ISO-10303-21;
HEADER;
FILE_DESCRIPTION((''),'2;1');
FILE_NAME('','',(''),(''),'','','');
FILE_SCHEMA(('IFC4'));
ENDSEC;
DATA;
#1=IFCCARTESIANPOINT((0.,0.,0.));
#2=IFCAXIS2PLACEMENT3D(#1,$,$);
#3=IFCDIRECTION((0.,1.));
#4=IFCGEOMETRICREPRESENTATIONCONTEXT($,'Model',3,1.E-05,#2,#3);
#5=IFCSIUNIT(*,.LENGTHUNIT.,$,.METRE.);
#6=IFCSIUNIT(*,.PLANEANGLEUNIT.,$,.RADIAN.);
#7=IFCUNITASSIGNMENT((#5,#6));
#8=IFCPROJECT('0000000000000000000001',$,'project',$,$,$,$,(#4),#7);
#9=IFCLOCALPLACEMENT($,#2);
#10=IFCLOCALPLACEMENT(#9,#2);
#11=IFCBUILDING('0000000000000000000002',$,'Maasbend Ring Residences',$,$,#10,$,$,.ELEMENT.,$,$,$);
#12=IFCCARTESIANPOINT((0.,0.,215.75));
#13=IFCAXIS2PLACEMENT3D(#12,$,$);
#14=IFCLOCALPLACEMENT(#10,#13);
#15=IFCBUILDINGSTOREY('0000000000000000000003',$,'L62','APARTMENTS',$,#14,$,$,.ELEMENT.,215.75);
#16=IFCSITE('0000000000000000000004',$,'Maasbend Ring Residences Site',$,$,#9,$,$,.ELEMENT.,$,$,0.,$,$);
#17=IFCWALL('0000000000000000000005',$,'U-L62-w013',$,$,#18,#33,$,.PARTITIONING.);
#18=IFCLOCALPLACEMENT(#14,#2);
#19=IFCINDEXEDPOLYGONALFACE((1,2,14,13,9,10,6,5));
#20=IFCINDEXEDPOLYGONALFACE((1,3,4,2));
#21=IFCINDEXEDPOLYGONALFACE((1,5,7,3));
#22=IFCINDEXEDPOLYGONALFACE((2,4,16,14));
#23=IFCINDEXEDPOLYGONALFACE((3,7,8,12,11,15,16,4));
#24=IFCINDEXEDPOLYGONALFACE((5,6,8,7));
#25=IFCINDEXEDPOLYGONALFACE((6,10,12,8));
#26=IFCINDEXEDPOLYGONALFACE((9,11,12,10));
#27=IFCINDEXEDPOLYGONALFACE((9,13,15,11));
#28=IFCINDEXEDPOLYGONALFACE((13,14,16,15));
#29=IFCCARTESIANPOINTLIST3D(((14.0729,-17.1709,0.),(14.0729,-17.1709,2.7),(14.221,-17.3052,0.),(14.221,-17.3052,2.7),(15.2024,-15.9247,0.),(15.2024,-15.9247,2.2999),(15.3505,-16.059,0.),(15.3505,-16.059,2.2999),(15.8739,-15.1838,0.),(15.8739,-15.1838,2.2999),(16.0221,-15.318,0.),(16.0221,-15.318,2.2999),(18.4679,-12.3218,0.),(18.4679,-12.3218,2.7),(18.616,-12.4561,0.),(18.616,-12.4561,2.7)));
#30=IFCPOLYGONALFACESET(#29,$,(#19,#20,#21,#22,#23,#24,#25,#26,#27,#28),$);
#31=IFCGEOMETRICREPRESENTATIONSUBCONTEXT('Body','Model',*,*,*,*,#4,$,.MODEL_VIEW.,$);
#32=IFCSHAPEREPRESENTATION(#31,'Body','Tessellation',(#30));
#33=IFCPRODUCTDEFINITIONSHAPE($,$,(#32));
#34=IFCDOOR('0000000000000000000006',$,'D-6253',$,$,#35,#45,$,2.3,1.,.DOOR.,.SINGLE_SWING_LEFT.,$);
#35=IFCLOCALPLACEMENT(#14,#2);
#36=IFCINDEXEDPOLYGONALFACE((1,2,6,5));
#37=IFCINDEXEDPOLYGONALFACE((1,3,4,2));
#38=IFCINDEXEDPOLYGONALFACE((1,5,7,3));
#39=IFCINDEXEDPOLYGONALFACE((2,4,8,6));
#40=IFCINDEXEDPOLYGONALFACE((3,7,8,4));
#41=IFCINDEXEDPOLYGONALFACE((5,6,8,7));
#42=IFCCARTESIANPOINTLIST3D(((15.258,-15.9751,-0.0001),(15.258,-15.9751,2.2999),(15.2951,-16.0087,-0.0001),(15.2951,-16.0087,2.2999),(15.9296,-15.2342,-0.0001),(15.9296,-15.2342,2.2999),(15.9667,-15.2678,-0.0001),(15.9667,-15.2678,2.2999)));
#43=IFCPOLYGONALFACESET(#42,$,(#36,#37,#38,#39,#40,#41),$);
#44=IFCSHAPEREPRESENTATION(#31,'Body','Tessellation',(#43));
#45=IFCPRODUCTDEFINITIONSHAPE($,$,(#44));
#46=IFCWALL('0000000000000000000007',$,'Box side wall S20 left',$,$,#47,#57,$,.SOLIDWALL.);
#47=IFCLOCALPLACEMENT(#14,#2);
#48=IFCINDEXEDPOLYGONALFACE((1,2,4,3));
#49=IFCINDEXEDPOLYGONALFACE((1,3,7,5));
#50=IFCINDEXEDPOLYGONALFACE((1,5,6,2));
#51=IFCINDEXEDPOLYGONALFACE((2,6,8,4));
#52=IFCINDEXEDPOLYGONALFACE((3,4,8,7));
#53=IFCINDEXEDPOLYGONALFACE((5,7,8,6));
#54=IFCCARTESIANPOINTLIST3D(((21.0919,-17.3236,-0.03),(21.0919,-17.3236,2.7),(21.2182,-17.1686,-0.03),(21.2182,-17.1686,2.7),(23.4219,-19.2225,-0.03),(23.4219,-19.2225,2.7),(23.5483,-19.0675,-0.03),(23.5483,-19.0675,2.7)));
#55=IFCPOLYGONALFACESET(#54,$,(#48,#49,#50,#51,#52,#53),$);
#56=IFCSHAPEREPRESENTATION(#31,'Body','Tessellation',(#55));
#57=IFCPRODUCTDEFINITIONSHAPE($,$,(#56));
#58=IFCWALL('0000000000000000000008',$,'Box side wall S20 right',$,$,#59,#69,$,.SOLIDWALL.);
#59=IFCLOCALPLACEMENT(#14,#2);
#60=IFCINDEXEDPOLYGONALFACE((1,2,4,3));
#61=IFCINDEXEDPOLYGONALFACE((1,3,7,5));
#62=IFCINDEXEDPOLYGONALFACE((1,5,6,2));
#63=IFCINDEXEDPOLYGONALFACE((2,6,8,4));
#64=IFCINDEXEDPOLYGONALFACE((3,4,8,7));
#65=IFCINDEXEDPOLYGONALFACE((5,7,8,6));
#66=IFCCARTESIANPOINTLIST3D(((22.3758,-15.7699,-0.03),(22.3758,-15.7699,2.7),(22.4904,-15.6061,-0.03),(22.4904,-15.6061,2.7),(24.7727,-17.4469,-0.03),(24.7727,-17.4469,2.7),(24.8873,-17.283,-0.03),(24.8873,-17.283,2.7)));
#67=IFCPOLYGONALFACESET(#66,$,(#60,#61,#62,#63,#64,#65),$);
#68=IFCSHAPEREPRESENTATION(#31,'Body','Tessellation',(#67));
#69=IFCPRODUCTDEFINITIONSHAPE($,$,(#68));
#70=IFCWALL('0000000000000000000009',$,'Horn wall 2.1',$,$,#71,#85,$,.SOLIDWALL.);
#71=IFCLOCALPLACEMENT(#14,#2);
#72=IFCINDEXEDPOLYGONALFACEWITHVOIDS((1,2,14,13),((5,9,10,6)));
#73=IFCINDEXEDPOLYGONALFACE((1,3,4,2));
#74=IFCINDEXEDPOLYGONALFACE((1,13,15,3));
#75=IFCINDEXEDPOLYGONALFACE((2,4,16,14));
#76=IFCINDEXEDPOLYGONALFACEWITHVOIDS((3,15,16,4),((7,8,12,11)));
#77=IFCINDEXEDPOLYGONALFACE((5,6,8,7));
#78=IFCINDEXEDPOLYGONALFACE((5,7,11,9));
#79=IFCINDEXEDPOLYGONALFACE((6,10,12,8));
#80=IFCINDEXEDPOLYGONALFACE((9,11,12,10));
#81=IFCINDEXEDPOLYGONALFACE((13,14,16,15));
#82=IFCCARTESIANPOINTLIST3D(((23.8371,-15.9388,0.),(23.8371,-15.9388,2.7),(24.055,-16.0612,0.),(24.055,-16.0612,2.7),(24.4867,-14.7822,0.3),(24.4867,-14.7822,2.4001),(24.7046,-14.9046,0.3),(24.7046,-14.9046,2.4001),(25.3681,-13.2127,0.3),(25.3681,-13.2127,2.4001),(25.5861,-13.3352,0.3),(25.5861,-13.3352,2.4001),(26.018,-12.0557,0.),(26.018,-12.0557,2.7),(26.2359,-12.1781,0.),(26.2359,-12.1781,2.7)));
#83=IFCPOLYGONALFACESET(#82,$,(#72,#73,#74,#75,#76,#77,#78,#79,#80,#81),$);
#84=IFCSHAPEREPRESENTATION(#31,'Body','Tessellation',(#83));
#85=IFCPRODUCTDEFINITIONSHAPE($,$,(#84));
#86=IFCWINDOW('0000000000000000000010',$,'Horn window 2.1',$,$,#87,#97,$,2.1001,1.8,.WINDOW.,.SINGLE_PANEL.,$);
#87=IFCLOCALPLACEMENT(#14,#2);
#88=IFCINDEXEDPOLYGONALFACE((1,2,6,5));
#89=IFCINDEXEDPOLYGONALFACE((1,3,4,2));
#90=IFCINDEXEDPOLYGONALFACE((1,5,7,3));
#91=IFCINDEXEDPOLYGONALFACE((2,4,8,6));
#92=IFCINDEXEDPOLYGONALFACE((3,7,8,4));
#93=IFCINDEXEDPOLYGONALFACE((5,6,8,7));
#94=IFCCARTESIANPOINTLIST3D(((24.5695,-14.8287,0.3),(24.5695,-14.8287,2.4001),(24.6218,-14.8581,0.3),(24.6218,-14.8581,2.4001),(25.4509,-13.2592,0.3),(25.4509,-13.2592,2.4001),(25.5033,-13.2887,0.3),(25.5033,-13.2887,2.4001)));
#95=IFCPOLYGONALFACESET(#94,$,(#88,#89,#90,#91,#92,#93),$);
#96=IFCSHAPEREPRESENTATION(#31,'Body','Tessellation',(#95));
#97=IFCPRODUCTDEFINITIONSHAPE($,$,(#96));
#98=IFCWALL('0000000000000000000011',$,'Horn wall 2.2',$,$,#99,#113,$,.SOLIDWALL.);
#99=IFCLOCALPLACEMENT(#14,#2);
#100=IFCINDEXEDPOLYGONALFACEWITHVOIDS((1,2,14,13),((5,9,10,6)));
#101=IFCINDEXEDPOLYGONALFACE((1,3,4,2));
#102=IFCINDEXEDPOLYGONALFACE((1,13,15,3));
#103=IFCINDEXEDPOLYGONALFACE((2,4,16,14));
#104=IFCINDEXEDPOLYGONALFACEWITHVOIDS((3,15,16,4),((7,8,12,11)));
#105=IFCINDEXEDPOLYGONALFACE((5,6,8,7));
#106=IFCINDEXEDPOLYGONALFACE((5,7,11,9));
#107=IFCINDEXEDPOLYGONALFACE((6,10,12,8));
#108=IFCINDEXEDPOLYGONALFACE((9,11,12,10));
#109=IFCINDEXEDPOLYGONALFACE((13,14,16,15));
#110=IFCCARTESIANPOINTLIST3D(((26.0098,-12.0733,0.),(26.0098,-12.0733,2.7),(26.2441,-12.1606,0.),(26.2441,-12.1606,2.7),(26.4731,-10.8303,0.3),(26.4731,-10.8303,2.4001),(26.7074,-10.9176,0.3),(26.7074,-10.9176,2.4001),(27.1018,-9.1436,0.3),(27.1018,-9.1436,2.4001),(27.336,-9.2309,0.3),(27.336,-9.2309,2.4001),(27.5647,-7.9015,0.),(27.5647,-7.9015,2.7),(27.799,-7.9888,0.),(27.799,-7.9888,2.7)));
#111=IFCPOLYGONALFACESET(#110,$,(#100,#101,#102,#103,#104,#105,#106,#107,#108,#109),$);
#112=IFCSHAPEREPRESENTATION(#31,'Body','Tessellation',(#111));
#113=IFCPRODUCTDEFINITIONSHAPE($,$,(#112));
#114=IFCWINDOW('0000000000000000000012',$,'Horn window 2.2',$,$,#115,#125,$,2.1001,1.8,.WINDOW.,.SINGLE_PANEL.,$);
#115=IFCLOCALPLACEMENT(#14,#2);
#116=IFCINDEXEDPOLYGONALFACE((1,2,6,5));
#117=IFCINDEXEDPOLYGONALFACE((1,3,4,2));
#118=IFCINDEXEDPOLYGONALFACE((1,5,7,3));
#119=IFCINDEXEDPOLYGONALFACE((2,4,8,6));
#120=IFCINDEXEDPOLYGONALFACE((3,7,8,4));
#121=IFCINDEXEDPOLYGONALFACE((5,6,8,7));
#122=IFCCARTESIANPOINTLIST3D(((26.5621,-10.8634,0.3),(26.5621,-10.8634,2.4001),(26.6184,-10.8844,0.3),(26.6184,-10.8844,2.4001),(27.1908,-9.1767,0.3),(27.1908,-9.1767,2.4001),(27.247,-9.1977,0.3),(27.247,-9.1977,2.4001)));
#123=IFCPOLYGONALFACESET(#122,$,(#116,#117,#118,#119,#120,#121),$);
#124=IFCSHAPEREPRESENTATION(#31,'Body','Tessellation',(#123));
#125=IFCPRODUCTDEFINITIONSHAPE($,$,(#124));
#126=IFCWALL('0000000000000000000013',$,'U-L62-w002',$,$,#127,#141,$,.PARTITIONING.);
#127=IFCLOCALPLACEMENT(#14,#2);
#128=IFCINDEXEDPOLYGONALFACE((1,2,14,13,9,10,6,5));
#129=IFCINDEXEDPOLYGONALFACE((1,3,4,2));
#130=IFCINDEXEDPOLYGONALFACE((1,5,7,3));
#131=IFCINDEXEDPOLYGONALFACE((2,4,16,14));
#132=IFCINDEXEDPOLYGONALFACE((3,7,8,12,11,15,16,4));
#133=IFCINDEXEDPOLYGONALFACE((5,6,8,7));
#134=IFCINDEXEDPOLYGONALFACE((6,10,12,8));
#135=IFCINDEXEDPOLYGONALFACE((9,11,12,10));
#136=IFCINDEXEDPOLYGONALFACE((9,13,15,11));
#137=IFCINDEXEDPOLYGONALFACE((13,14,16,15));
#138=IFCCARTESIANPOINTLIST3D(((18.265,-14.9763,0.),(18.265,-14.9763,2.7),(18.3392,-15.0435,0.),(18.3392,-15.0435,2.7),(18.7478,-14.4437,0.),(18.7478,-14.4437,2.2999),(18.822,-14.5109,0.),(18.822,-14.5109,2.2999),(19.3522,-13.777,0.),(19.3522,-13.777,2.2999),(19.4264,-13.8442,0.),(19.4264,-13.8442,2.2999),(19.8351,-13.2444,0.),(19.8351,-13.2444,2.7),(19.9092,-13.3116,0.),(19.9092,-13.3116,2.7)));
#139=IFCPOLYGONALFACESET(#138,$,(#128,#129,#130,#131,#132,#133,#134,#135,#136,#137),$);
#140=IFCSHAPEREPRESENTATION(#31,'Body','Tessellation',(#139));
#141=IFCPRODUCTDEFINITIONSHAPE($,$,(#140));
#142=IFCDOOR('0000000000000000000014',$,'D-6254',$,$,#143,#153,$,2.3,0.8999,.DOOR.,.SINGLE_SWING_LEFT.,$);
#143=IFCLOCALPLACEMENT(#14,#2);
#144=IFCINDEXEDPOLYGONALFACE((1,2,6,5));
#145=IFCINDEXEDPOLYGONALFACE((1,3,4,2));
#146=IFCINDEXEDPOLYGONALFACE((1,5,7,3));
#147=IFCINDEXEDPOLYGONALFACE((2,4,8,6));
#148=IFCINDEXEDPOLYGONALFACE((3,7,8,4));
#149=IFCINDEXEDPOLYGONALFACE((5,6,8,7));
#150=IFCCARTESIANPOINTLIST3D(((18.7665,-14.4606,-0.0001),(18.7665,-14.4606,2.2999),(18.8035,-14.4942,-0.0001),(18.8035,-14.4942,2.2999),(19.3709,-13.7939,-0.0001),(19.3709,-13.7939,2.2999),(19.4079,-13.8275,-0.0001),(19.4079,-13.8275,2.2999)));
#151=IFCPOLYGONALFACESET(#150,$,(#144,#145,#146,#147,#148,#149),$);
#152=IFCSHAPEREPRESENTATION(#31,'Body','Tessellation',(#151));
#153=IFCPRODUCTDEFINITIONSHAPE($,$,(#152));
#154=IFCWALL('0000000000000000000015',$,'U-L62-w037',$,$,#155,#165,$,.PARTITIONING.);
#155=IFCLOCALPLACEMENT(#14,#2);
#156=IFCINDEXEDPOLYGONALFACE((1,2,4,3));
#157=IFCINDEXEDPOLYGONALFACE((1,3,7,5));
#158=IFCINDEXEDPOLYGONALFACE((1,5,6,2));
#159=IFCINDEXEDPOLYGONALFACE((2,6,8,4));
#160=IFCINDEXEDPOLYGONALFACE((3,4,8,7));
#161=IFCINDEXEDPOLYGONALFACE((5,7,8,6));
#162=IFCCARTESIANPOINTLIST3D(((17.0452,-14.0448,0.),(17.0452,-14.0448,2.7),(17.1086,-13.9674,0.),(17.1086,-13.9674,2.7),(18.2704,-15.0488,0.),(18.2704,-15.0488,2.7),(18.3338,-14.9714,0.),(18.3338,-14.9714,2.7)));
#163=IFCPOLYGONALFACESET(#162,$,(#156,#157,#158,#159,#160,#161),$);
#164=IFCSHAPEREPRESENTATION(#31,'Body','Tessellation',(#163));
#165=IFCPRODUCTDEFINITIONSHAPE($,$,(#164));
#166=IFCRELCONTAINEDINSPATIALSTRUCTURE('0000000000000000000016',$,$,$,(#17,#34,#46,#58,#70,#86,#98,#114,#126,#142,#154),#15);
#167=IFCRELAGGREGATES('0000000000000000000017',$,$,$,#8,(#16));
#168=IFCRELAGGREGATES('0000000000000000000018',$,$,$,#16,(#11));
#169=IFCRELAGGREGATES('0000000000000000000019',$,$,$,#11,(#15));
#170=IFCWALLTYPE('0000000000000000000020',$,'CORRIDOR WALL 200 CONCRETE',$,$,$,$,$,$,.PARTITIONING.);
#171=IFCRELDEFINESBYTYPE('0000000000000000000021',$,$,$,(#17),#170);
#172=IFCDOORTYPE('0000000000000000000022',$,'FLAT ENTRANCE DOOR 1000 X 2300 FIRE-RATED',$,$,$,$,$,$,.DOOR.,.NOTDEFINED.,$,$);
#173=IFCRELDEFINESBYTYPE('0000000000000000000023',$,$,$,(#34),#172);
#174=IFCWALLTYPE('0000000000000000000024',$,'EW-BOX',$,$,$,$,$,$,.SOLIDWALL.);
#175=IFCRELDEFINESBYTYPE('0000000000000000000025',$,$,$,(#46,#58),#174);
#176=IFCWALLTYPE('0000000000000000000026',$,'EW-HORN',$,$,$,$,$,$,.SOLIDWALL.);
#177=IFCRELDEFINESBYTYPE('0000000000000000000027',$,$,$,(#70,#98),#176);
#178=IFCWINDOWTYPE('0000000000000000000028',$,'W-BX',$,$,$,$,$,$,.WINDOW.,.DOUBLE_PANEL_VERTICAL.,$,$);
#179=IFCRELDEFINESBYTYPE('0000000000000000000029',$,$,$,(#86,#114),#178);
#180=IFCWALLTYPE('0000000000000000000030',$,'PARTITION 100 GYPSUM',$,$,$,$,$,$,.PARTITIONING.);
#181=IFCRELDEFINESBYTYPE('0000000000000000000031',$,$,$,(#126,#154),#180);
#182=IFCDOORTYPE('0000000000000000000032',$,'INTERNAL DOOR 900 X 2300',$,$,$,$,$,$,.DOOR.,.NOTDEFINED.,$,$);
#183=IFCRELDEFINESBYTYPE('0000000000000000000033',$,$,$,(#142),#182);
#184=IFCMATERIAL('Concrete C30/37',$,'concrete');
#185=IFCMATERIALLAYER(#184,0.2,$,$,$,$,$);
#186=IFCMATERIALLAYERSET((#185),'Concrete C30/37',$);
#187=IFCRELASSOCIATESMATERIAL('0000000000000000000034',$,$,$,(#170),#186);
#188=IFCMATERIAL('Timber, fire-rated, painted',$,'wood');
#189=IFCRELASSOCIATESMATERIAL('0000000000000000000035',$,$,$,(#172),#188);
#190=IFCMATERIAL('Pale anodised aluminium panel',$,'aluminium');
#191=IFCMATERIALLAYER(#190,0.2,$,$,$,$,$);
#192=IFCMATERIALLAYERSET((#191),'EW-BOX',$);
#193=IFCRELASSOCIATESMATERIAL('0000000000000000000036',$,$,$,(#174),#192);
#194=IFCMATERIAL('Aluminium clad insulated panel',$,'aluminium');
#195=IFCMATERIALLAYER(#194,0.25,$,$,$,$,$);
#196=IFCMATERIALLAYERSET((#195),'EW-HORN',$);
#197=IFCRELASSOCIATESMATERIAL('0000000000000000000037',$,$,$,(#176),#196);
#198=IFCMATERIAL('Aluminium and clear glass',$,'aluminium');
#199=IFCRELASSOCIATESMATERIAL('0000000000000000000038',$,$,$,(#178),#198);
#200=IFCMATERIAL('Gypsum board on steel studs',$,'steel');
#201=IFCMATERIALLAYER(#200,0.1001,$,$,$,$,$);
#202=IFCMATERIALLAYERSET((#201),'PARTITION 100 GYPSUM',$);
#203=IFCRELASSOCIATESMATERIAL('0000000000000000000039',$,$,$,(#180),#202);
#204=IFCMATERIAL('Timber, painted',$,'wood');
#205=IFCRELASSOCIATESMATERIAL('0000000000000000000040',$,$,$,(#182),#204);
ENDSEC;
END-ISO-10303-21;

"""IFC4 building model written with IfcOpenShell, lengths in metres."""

from ifc_helpers import new_model, si_unit, direction, frame, frame_2d, origin, place, context, subcontext, project, spatial, rectangle, extrude, material, layer, layer_set, type_object, element, fill, save


model = new_model("IFC4")

# Units and contexts
model_context = context("Model", 3, precision=1e-05, world=origin(), true_north=direction((0.0, 1.0)))
body_context = subcontext(model_context, "Body", "Model", "MODEL_VIEW")
ifc_project = project(units=[si_unit("LENGTHUNIT", "METRE"), si_unit("PLANEANGLEUNIT", "RADIAN")], contexts=[model_context])

# Site, building, storey
site_placement = place(None, origin())
site = spatial("IfcSite", under=ifc_project, at=site_placement, Name="Maasbend Ring Residences Site", CompositionType="ELEMENT", RefElevation=0.0)
building_placement = place(site_placement, origin())
building = spatial("IfcBuilding", under=site, at=building_placement, Name="Maasbend Ring Residences", CompositionType="ELEMENT")
storey_placement = place(building_placement, frame((0.0, 0.0, 215.75)))
storey = spatial("IfcBuildingStorey", under=building, at=storey_placement, Name="L62", Description="APARTMENTS", CompositionType="ELEMENT", Elevation=215.75)

# Shared definitions
ifc_material_1 = material(Name="Concrete C30/37", Category="concrete")
ifc_layer_1 = layer(ifc_material_1, 0.2)
ifc_layer_set_1 = layer_set([ifc_layer_1], Name="Concrete C30/37")
wall_type_1 = type_object("IfcWallType", Name="CORRIDOR WALL 200 CONCRETE", PredefinedType="PARTITIONING", material=ifc_layer_set_1)

# Wall, opening, door
wall_1_placement = place(storey_placement, frame((14.147, -17.238, 0.0), z_axis=(0.0, 0.0, 1.0), x_axis=(0.671562, 0.740949, 0.0)))
wall_1 = element("IfcWall", 1, at=wall_1_placement, inside=storey, type_object=wall_type_1, Name="U-L62-w013", PredefinedType="PARTITIONING", context=body_context, shape_type="SweptSolid", body=[
    extrude(rectangle(XDim=6.5444, YDim=0.2, at=frame_2d((3.2722, 0.0))), origin(), (0.0, 0.0, 1.0), 2.7),
])
opening_1_placement = place(wall_1_placement, frame((1.6819, 0.0, 0.0)))
opening_1 = element("IfcOpeningElement", 2, at=opening_1_placement, cuts=wall_1, PredefinedType="OPENING", context=body_context, shape_type="SweptSolid", body=[
    extrude(rectangle(XDim=1.0, YDim=2.3, at=frame_2d((0.5, 1.1499))), frame((0.0, 0.1099, 0.0), z_axis=(0.0, -1.0, 0.0), x_axis=(1.0, 0.0, 0.0)), (0.0, 0.0, 1.0), 0.22),
])
ifc_material_2 = material(Name="Timber, fire-rated, painted", Category="wood")
door_type_1 = type_object("IfcDoorType", Name="FLAT ENTRANCE DOOR 1000 X 2300 FIRE-RATED", OperationType="NOTDEFINED", PredefinedType="DOOR", material=ifc_material_2)
door_1_placement = place(opening_1_placement, origin())
door_1 = element("IfcDoor", 3, at=door_1_placement, inside=storey, type_object=door_type_1, Name="D-6253", OperationType="SINGLE_SWING_LEFT", OverallHeight=2.3, OverallWidth=1.0, PredefinedType="DOOR", context=body_context, shape_type="SweptSolid", body=[
    extrude(rectangle(XDim=1.0, YDim=2.3, at=frame_2d((0.5, 1.1499))), frame((0.0, 0.0249, 0.0), z_axis=(0.0, -1.0, 0.0), x_axis=(1.0, 0.0, 0.0)), (0.0, 0.0, 1.0), 0.05),
])
fill(opening_1, door_1)

# Walls
ifc_material_3 = material(Name="Pale anodised aluminium panel", Category="aluminium")
ifc_layer_2 = layer(ifc_material_3, 0.2)
ifc_layer_set_2 = layer_set([ifc_layer_2], Name="EW-BOX")
wall_type_2 = type_object("IfcWallType", Name="EW-BOX", PredefinedType="SOLIDWALL", material=ifc_layer_set_2)
wall_2_placement = place(storey_placement, frame((21.155, -17.2461, -0.03), z_axis=(0.0, 0.0, 1.0), x_axis=(0.775179, -0.631742, 0.0)))
element("IfcWall", 4, at=wall_2_placement, inside=storey, type_object=wall_type_2, Name="Box side wall S20 left", PredefinedType="SOLIDWALL", context=body_context, shape_type="SweptSolid", body=[
    extrude(rectangle(XDim=3.0059, YDim=0.2, at=frame_2d((1.5029, 0.0))), origin(), (0.0, 0.0, 1.0), 2.73),
])
wall_3_placement = place(storey_placement, frame((22.4331, -15.688, -0.03), z_axis=(0.0, 0.0, 1.0), x_axis=(0.819373, -0.573261, 0.0)))
element("IfcWall", 5, at=wall_3_placement, inside=storey, type_object=wall_type_2, Name="Box side wall S20 right", PredefinedType="SOLIDWALL", context=body_context, shape_type="SweptSolid", body=[
    extrude(rectangle(XDim=2.9253, YDim=0.2, at=frame_2d((1.4626, 0.0))), origin(), (0.0, 0.0, 1.0), 2.73),
])

# Walls, openings, windows
ifc_material_4 = material(Name="Aluminium clad insulated panel", Category="aluminium")
ifc_layer_3 = layer(ifc_material_4, 0.25)
ifc_layer_set_3 = layer_set([ifc_layer_3], Name="EW-HORN")
wall_type_3 = type_object("IfcWallType", Name="EW-HORN", PredefinedType="SOLIDWALL", material=ifc_layer_set_3)
wall_4_placement = place(storey_placement, frame((23.946, -16.0, 0.0), z_axis=(0.0, 0.0, 1.0), x_axis=(0.489696, 0.871893, 0.0)))
wall_4 = element("IfcWall", 6, at=wall_4_placement, inside=storey, type_object=wall_type_3, Name="Horn wall 2.1", PredefinedType="SOLIDWALL", context=body_context, shape_type="SweptSolid", body=[
    extrude(rectangle(XDim=4.4536, YDim=0.25, at=frame_2d((2.2268, 0.0))), origin(), (0.0, 0.0, 1.0), 2.7),
])
opening_2_placement = place(wall_4_placement, frame((1.3267, 0.0, 0.3)))
opening_2 = element("IfcOpeningElement", 7, at=opening_2_placement, cuts=wall_4, PredefinedType="OPENING", context=body_context, shape_type="SweptSolid", body=[
    extrude(rectangle(XDim=1.8, YDim=2.1001, at=frame_2d((0.8999, 1.05))), frame((0.0, 0.135, 0.0), z_axis=(0.0, -1.0, 0.0), x_axis=(1.0, 0.0, 0.0)), (0.0, 0.0, 1.0), 0.27),
])
ifc_material_5 = material(Name="Aluminium and clear glass", Category="aluminium")
window_type = type_object("IfcWindowType", Name="W-BX", PartitioningType="DOUBLE_PANEL_VERTICAL", PredefinedType="WINDOW", material=ifc_material_5)
window_1_placement = place(opening_2_placement, origin())
window_1 = element("IfcWindow", 8, at=window_1_placement, inside=storey, type_object=window_type, Name="Horn window 2.1", OverallHeight=2.1001, OverallWidth=1.8, PartitioningType="SINGLE_PANEL", PredefinedType="WINDOW", context=body_context, shape_type="SweptSolid", body=[
    extrude(rectangle(XDim=1.8, YDim=2.1001, at=frame_2d((0.8999, 1.05))), frame((0.0, 0.03, 0.0), z_axis=(0.0, -1.0, 0.0), x_axis=(1.0, 0.0, 0.0)), (0.0, 0.0, 1.0), 0.0601),
])
fill(opening_2, window_1)
wall_5_placement = place(storey_placement, frame((26.127, -12.1169, 0.0), z_axis=(0.0, 0.0, 1.0), x_axis=(0.349248, 0.93703, 0.0)))
wall_5 = element("IfcWall", 9, at=wall_5_placement, inside=storey, type_object=wall_type_3, Name="Horn wall 2.2", PredefinedType="SOLIDWALL", context=body_context, shape_type="SweptSolid", body=[
    extrude(rectangle(XDim=4.4521, YDim=0.25, at=frame_2d((2.2261, 0.0))), origin(), (0.0, 0.0, 1.0), 2.7),
])
opening_3_placement = place(wall_5_placement, frame((1.3267, 0.0, 0.3)))
opening_3 = element("IfcOpeningElement", 10, at=opening_3_placement, cuts=wall_5, PredefinedType="OPENING", context=body_context, shape_type="SweptSolid", body=[
    extrude(rectangle(XDim=1.8, YDim=2.1001, at=frame_2d((0.8999, 1.05))), frame((0.0, 0.135, 0.0), z_axis=(0.0, -1.0, 0.0), x_axis=(1.0, 0.0, 0.0)), (0.0, 0.0, 1.0), 0.27),
])
window_2_placement = place(opening_3_placement, origin())
window_2 = element("IfcWindow", 11, at=window_2_placement, inside=storey, type_object=window_type, Name="Horn window 2.2", OverallHeight=2.1001, OverallWidth=1.8, PartitioningType="SINGLE_PANEL", PredefinedType="WINDOW", context=body_context, shape_type="SweptSolid", body=[
    extrude(rectangle(XDim=1.8, YDim=2.1001, at=frame_2d((0.8999, 1.05))), frame((0.0, 0.03, 0.0), z_axis=(0.0, -1.0, 0.0), x_axis=(1.0, 0.0, 0.0)), (0.0, 0.0, 1.0), 0.0601),
])
fill(opening_3, window_2)

# Wall, opening, door
ifc_material_6 = material(Name="Gypsum board on steel studs", Category="steel")
ifc_layer_4 = layer(ifc_material_6, 0.1001)
ifc_layer_set_4 = layer_set([ifc_layer_4], Name="PARTITION 100 GYPSUM")
wall_type_4 = type_object("IfcWallType", Name="PARTITION 100 GYPSUM", PredefinedType="PARTITIONING", material=ifc_layer_set_4)
wall_6_placement = place(storey_placement, frame((18.302, -15.01, 0.0), z_axis=(0.0, 0.0, 1.0), x_axis=(0.671638, 0.74088, 0.0)))
wall_6 = element("IfcWall", 12, at=wall_6_placement, inside=storey, type_object=wall_type_4, Name="U-L62-w002", PredefinedType="PARTITIONING", context=body_context, shape_type="SweptSolid", body=[
    extrude(rectangle(XDim=2.3376, YDim=0.1001, at=frame_2d((1.1689, 0.0))), origin(), (0.0, 0.0, 1.0), 2.7),
])
opening_4_placement = place(wall_6_placement, frame((0.719, 0.0, 0.0)))
opening_4 = element("IfcOpeningElement", 13, at=opening_4_placement, cuts=wall_6, PredefinedType="OPENING", context=body_context, shape_type="SweptSolid", body=[
    extrude(rectangle(XDim=0.8999, YDim=2.3, at=frame_2d((0.45, 1.1499))), frame((0.0, 0.0601, 0.0), z_axis=(0.0, -1.0, 0.0), x_axis=(1.0, 0.0, 0.0)), (0.0, 0.0, 1.0), 0.1201),
])
ifc_material_7 = material(Name="Timber, painted", Category="wood")
door_type_2 = type_object("IfcDoorType", Name="INTERNAL DOOR 900 X 2300", OperationType="NOTDEFINED", PredefinedType="DOOR", material=ifc_material_7)
door_2_placement = place(opening_4_placement, origin())
door_2 = element("IfcDoor", 14, at=door_2_placement, inside=storey, type_object=door_type_2, Name="D-6254", OperationType="SINGLE_SWING_LEFT", OverallHeight=2.3, OverallWidth=0.8999, PredefinedType="DOOR", context=body_context, shape_type="SweptSolid", body=[
    extrude(rectangle(XDim=0.8999, YDim=2.3, at=frame_2d((0.45, 1.1499))), frame((0.0, 0.0249, 0.0), z_axis=(0.0, -1.0, 0.0), x_axis=(1.0, 0.0, 0.0)), (0.0, 0.0, 1.0), 0.05),
])
fill(opening_4, door_2)

# Wall
wall_7_placement = place(storey_placement, frame((17.0769, -14.0061, 0.0), z_axis=(0.0, 0.0, 1.0), x_axis=(0.773476, -0.633825, 0.0)))
element("IfcWall", 15, at=wall_7_placement, inside=storey, type_object=wall_type_4, Name="U-L62-w037", PredefinedType="PARTITIONING", context=body_context, shape_type="SweptSolid", body=[
    extrude(rectangle(XDim=1.584, YDim=0.1001, at=frame_2d((0.792, 0.0))), origin(), (0.0, 0.0, 1.0), 2.7),
])

save(model, "model.ifc")
